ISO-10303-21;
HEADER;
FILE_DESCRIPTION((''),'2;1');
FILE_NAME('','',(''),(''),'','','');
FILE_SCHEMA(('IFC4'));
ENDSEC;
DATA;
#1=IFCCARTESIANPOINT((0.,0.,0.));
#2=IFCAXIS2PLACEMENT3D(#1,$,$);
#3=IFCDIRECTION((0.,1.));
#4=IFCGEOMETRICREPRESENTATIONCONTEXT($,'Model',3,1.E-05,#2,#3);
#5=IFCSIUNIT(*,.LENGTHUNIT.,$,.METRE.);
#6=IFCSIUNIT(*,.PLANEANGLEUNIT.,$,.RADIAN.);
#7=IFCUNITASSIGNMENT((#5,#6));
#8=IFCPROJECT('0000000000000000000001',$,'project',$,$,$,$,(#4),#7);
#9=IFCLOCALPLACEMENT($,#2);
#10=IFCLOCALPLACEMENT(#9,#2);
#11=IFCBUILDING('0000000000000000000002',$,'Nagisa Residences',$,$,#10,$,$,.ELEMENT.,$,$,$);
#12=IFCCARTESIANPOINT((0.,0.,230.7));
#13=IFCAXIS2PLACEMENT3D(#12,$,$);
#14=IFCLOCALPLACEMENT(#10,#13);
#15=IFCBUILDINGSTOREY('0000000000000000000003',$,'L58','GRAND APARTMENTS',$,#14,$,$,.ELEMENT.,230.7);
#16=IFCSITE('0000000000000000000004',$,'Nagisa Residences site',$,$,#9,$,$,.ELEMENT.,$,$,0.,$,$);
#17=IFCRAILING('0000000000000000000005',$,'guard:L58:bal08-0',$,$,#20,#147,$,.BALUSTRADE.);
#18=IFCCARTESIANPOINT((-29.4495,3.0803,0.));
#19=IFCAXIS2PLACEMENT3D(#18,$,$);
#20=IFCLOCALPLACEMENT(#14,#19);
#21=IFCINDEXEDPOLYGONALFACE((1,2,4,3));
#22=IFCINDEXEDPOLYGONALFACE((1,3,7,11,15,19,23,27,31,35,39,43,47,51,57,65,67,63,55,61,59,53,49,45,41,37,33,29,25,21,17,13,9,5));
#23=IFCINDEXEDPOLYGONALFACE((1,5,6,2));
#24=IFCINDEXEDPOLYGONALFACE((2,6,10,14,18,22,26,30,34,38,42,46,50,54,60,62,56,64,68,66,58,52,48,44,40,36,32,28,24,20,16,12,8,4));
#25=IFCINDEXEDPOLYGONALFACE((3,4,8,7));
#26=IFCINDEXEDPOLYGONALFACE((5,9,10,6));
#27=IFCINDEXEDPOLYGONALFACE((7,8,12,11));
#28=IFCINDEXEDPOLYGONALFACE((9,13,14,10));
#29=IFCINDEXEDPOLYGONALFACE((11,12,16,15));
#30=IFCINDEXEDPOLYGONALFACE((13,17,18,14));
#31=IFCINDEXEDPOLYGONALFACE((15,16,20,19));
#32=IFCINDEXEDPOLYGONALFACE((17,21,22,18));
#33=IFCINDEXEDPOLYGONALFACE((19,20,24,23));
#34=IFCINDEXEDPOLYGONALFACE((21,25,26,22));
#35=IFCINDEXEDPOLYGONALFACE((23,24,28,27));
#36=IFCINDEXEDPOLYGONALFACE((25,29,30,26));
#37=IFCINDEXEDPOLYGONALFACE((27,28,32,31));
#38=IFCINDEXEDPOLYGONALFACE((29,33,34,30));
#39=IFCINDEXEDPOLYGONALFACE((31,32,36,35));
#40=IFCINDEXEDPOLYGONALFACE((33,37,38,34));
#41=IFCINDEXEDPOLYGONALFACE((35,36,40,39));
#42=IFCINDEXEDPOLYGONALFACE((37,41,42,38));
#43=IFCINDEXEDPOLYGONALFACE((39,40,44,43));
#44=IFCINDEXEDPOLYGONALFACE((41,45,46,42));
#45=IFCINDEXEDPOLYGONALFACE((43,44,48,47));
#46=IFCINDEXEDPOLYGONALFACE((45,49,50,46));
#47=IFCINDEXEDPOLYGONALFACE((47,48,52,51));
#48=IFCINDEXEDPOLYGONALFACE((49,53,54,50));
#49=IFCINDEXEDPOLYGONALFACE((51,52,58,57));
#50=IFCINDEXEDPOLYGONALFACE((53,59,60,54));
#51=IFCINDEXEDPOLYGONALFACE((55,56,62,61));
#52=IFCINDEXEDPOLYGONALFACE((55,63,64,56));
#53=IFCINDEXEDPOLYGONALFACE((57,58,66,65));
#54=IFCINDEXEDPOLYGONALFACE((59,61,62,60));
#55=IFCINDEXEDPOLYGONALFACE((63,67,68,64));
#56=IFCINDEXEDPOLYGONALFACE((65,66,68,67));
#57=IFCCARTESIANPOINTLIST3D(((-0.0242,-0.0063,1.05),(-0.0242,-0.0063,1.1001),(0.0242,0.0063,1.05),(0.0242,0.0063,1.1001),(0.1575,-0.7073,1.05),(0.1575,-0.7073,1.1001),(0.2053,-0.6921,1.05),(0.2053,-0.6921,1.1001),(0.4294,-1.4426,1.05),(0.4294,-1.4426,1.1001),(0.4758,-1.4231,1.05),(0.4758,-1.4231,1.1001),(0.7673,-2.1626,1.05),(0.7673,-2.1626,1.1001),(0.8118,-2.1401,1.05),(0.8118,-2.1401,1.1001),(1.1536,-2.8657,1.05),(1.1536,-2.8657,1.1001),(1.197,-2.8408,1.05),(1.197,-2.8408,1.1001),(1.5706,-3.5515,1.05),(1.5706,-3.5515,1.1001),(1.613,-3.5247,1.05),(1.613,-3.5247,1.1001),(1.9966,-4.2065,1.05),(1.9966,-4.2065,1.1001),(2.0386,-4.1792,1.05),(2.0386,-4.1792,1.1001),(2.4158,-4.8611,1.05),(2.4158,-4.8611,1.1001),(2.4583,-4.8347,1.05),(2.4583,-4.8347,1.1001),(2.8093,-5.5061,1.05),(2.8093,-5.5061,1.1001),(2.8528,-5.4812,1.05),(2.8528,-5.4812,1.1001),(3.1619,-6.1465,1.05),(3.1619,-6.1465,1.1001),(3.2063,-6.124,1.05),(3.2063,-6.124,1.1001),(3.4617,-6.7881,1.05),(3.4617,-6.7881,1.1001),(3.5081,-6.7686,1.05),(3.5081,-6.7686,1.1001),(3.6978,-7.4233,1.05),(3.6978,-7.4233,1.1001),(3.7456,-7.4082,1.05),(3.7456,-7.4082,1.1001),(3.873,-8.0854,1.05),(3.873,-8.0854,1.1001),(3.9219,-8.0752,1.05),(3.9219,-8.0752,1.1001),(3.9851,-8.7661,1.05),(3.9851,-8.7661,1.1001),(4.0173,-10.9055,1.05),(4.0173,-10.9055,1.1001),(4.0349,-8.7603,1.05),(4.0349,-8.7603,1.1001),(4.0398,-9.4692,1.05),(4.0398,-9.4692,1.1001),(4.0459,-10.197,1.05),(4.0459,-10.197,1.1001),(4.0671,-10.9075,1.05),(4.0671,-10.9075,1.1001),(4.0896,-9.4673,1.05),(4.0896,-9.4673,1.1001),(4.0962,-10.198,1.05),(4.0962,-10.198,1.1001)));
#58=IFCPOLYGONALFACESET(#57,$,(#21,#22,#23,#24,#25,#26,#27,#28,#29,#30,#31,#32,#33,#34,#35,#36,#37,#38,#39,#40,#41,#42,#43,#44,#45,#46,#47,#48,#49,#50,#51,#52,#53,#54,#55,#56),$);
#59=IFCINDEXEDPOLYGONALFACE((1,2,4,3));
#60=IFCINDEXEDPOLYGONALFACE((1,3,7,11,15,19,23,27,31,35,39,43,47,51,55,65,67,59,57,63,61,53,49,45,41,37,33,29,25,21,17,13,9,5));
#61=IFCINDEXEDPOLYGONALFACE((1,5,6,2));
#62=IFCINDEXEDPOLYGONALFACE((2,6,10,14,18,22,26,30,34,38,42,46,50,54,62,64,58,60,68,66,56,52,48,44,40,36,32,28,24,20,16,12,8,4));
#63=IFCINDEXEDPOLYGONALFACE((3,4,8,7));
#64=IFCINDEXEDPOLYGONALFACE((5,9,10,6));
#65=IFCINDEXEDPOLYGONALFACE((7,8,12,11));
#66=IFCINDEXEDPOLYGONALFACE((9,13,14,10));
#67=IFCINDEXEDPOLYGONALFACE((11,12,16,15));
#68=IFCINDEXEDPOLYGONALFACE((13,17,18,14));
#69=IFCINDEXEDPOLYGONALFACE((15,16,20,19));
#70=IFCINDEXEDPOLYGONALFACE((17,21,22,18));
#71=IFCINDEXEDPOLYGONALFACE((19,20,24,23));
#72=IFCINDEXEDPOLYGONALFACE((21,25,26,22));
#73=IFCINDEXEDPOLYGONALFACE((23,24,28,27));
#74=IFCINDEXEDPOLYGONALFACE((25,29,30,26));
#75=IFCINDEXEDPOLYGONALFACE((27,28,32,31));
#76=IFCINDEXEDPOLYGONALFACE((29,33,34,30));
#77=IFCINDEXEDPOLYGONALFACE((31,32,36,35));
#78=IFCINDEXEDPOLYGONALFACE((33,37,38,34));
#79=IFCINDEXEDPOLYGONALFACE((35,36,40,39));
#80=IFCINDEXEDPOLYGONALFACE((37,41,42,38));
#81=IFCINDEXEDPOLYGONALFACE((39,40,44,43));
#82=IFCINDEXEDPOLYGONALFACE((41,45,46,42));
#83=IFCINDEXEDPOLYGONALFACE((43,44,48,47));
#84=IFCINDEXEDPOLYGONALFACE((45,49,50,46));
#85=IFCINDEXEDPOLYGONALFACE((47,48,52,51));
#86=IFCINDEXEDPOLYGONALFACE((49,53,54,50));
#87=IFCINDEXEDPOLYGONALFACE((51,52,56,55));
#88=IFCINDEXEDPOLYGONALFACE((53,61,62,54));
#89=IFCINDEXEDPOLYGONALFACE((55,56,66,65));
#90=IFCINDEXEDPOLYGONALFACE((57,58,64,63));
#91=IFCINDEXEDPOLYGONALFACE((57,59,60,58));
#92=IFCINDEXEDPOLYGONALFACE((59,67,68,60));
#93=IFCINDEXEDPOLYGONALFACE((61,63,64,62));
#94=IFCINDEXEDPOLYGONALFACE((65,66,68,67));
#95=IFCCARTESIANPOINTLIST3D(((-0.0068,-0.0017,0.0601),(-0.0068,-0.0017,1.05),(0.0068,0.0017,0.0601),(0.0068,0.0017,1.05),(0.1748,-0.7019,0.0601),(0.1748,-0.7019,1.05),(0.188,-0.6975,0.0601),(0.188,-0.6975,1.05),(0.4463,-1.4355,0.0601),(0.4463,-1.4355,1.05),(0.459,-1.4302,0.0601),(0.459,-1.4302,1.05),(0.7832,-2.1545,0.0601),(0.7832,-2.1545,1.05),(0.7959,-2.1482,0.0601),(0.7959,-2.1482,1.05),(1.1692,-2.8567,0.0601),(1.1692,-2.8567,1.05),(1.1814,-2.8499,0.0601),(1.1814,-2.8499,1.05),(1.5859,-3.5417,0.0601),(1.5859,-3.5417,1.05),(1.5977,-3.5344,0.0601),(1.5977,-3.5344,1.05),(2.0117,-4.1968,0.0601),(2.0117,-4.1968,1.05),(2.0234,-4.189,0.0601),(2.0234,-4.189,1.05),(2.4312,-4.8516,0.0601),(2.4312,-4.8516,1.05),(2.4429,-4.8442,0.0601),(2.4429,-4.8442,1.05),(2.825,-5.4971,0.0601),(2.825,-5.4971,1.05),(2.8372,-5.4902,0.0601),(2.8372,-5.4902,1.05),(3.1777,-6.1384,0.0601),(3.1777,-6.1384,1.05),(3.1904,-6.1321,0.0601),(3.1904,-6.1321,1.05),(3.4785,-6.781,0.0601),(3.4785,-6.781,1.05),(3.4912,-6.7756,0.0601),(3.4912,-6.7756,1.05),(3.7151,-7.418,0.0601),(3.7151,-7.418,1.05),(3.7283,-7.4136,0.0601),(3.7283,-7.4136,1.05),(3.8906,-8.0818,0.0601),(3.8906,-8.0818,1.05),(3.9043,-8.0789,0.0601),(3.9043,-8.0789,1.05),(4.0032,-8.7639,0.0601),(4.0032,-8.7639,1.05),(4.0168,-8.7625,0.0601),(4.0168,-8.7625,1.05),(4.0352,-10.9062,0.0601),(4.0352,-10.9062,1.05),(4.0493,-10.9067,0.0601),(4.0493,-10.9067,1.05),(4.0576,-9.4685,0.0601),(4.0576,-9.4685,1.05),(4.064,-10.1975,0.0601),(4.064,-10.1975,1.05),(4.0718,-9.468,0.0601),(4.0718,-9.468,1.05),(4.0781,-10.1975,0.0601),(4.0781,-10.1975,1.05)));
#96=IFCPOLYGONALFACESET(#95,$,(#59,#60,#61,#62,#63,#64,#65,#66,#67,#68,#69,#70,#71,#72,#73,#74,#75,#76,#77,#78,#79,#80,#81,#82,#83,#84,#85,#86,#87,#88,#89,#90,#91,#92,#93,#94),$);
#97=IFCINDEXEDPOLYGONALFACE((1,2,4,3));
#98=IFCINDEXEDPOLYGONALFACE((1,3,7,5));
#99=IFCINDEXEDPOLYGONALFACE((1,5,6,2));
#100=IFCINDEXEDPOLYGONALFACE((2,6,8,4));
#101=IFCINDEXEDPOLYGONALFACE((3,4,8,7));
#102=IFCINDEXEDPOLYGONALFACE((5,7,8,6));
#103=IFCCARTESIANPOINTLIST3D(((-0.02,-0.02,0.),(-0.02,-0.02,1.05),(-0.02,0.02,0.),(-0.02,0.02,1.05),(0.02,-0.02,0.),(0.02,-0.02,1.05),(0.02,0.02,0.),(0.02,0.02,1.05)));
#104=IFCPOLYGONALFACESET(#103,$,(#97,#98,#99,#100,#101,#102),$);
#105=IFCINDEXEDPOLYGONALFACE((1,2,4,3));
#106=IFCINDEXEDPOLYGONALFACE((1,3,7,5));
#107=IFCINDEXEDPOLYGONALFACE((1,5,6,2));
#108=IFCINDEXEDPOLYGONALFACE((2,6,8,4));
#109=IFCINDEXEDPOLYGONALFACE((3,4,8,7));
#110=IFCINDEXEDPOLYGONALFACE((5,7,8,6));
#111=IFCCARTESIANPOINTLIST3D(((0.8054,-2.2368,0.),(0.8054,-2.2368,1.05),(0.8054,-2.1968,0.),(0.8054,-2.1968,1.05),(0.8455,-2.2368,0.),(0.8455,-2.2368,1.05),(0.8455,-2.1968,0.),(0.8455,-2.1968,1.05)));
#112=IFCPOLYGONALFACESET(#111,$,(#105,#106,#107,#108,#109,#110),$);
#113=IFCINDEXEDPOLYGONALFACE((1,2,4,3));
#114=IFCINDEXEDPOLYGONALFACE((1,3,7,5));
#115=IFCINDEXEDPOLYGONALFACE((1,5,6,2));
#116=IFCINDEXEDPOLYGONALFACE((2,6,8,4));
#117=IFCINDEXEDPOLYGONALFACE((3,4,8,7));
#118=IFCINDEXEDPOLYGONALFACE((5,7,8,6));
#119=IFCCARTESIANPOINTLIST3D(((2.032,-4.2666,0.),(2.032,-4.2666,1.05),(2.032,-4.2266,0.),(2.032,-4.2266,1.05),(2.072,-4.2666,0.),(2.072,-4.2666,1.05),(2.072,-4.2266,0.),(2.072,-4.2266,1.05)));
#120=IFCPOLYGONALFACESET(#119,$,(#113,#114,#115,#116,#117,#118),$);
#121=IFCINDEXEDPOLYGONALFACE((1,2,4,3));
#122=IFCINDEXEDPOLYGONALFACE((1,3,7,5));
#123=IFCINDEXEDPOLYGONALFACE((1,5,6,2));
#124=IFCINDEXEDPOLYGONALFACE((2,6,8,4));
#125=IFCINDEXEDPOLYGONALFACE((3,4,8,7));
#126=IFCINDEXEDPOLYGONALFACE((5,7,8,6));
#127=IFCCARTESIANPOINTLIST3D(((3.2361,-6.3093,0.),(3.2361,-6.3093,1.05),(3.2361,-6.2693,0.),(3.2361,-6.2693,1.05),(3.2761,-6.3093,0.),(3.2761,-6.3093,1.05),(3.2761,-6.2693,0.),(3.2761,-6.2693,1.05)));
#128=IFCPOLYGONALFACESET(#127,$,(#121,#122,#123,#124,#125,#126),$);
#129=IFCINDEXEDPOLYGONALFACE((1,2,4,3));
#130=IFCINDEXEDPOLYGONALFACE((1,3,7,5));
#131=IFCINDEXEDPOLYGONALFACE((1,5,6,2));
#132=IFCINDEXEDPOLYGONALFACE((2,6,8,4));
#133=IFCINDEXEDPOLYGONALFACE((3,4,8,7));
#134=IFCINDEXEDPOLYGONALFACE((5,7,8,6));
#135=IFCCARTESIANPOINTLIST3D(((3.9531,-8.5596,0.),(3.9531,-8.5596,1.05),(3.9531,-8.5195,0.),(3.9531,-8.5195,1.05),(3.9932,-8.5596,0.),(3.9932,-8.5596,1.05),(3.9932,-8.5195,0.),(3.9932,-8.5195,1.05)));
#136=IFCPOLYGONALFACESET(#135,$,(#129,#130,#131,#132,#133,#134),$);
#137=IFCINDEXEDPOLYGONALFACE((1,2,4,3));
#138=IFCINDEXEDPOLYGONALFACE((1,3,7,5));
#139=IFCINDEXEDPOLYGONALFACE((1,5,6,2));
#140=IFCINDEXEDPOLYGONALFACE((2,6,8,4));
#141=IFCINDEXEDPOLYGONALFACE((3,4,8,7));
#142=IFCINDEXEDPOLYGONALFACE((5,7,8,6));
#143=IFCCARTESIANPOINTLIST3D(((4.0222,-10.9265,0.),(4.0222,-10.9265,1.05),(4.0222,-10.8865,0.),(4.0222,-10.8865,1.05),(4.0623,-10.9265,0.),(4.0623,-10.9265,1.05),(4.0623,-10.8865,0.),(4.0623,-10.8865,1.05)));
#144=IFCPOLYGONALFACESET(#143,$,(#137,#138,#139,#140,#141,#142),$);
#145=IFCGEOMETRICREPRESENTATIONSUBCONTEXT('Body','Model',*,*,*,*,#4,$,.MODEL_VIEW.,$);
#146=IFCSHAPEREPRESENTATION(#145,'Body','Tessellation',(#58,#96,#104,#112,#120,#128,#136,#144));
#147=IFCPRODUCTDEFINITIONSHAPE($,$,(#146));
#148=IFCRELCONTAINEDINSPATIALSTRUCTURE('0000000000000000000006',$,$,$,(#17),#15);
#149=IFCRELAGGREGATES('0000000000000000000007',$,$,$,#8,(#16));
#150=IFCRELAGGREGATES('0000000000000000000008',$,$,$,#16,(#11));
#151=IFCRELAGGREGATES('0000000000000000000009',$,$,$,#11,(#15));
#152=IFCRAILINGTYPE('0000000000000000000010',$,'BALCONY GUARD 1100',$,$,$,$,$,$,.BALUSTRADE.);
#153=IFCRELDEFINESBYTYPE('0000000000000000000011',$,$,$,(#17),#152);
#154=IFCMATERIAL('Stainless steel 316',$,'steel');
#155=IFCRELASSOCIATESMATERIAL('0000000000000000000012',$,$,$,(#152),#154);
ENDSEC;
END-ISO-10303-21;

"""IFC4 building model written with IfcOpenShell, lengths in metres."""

from ifc_helpers import new_model, si_unit, direction, frame, origin, origin_2d, place, context, subcontext, project, spatial, polyline, rectangle, outline, extrude, material, type_object, element, save


model = new_model("IFC4")

# Units and contexts
model_context = context("Model", 3, precision=1e-05, world=origin(), true_north=direction((0.0, 1.0)))
body_context = subcontext(model_context, "Body", "Model", "MODEL_VIEW")
ifc_project = project(units=[si_unit("LENGTHUNIT", "METRE"), si_unit("PLANEANGLEUNIT", "RADIAN")], contexts=[model_context])

# Site, building, storey
site_placement = place(None, origin())
site = spatial("IfcSite", under=ifc_project, at=site_placement, Name="Nagisa Residences site", CompositionType="ELEMENT", RefElevation=0.0)
building_placement = place(site_placement, origin())
building = spatial("IfcBuilding", under=site, at=building_placement, Name="Nagisa Residences", CompositionType="ELEMENT")
storey_placement = place(building_placement, frame((0.0, 0.0, 230.7)))
storey = spatial("IfcBuildingStorey", under=building, at=storey_placement, Name="L58", Description="GRAND APARTMENTS", CompositionType="ELEMENT", Elevation=230.7)

# Railing
ifc_material_1 = material(Name="Stainless steel 316", Category="steel")
railing_type = type_object("IfcRailingType", Name="BALCONY GUARD 1100", PredefinedType="BALUSTRADE", material=ifc_material_1)
railing_1_placement = place(storey_placement, frame((-29.4495, 3.0803, 0.0)))
element("IfcRailing", 1, at=railing_1_placement, inside=storey, type_object=railing_type, Name="guard:L58:bal08-0", PredefinedType="BALUSTRADE", context=body_context, shape_type="SweptSolid", body=[
    extrude(outline(polyline([(0.2053, -0.6921), (0.0242, 0.0063), (-0.0242, -0.0063), (0.1575, -0.7073), (0.4294, -1.4426), (0.7673, -2.1626), (1.1536, -2.8657), (1.5706, -3.5515), (1.9966, -4.2065), (2.4158, -4.8611), (2.8093, -5.5061), (3.1619, -6.1465), (3.4617, -6.7881), (3.6978, -7.4233), (3.873, -8.0854), (3.9851, -8.7661), (4.0398, -9.4692), (4.0459, -10.197), (4.0173, -10.9055), (4.0671, -10.9075), (4.0962, -10.198), (4.0896, -9.4673), (4.0349, -8.7603), (3.9219, -8.0752), (3.7456, -7.4082), (3.5081, -6.7686), (3.2063, -6.124), (2.8528, -5.4812), (2.4583, -4.8347), (2.0386, -4.1792), (1.613, -3.5247), (1.197, -2.8408), (0.8118, -2.1401), (0.4758, -1.4231), (0.2053, -0.6921)])), frame((0.0, 0.0, 1.05)), (0.0, 0.0, 1.0), 0.05),
    extrude(outline(polyline([(0.188, -0.6975), (0.0068, 0.0017), (-0.0068, -0.0017), (0.1748, -0.7019), (0.4463, -1.4355), (0.7832, -2.1545), (1.1692, -2.8567), (1.5859, -3.5417), (2.0117, -4.1968), (2.4312, -4.8516), (2.825, -5.4971), (3.1777, -6.1384), (3.4785, -6.781), (3.7151, -7.418), (3.8906, -8.0818), (4.0032, -8.7639), (4.0576, -9.4685), (4.064, -10.1975), (4.0352, -10.9062), (4.0493, -10.9067), (4.0781, -10.1975), (4.0718, -9.468), (4.0168, -8.7625), (3.9043, -8.0789), (3.7283, -7.4136), (3.4912, -6.7756), (3.1904, -6.1321), (2.8372, -5.4902), (2.4429, -4.8442), (2.0234, -4.189), (1.5977, -3.5344), (1.1814, -2.8499), (0.7959, -2.1482), (0.459, -1.4302), (0.188, -0.6975)])), frame((0.0, 0.0, 0.0601)), (0.0, 0.0, 1.0), 0.99),
    extrude(rectangle(XDim=0.04, YDim=0.04, at=origin_2d()), origin(), (0.0, 0.0, 1.0), 1.05),
    extrude(rectangle(XDim=0.04, YDim=0.04, at=origin_2d()), frame((0.8254, -2.2168, 0.0)), (0.0, 0.0, 1.0), 1.05),
    extrude(rectangle(XDim=0.04, YDim=0.04, at=origin_2d()), frame((2.052, -4.2466, 0.0)), (0.0, 0.0, 1.0), 1.05),
    extrude(rectangle(XDim=0.04, YDim=0.04, at=origin_2d()), frame((3.2561, -6.2893, 0.0)), (0.0, 0.0, 1.0), 1.05),
    extrude(rectangle(XDim=0.04, YDim=0.04, at=origin_2d()), frame((3.9731, -8.5396, 0.0)), (0.0, 0.0, 1.0), 1.05),
    extrude(rectangle(XDim=0.04, YDim=0.04, at=origin_2d()), frame((4.0422, -10.9065, 0.0)), (0.0, 0.0, 1.0), 1.05),
])

save(model, "model.ifc")
